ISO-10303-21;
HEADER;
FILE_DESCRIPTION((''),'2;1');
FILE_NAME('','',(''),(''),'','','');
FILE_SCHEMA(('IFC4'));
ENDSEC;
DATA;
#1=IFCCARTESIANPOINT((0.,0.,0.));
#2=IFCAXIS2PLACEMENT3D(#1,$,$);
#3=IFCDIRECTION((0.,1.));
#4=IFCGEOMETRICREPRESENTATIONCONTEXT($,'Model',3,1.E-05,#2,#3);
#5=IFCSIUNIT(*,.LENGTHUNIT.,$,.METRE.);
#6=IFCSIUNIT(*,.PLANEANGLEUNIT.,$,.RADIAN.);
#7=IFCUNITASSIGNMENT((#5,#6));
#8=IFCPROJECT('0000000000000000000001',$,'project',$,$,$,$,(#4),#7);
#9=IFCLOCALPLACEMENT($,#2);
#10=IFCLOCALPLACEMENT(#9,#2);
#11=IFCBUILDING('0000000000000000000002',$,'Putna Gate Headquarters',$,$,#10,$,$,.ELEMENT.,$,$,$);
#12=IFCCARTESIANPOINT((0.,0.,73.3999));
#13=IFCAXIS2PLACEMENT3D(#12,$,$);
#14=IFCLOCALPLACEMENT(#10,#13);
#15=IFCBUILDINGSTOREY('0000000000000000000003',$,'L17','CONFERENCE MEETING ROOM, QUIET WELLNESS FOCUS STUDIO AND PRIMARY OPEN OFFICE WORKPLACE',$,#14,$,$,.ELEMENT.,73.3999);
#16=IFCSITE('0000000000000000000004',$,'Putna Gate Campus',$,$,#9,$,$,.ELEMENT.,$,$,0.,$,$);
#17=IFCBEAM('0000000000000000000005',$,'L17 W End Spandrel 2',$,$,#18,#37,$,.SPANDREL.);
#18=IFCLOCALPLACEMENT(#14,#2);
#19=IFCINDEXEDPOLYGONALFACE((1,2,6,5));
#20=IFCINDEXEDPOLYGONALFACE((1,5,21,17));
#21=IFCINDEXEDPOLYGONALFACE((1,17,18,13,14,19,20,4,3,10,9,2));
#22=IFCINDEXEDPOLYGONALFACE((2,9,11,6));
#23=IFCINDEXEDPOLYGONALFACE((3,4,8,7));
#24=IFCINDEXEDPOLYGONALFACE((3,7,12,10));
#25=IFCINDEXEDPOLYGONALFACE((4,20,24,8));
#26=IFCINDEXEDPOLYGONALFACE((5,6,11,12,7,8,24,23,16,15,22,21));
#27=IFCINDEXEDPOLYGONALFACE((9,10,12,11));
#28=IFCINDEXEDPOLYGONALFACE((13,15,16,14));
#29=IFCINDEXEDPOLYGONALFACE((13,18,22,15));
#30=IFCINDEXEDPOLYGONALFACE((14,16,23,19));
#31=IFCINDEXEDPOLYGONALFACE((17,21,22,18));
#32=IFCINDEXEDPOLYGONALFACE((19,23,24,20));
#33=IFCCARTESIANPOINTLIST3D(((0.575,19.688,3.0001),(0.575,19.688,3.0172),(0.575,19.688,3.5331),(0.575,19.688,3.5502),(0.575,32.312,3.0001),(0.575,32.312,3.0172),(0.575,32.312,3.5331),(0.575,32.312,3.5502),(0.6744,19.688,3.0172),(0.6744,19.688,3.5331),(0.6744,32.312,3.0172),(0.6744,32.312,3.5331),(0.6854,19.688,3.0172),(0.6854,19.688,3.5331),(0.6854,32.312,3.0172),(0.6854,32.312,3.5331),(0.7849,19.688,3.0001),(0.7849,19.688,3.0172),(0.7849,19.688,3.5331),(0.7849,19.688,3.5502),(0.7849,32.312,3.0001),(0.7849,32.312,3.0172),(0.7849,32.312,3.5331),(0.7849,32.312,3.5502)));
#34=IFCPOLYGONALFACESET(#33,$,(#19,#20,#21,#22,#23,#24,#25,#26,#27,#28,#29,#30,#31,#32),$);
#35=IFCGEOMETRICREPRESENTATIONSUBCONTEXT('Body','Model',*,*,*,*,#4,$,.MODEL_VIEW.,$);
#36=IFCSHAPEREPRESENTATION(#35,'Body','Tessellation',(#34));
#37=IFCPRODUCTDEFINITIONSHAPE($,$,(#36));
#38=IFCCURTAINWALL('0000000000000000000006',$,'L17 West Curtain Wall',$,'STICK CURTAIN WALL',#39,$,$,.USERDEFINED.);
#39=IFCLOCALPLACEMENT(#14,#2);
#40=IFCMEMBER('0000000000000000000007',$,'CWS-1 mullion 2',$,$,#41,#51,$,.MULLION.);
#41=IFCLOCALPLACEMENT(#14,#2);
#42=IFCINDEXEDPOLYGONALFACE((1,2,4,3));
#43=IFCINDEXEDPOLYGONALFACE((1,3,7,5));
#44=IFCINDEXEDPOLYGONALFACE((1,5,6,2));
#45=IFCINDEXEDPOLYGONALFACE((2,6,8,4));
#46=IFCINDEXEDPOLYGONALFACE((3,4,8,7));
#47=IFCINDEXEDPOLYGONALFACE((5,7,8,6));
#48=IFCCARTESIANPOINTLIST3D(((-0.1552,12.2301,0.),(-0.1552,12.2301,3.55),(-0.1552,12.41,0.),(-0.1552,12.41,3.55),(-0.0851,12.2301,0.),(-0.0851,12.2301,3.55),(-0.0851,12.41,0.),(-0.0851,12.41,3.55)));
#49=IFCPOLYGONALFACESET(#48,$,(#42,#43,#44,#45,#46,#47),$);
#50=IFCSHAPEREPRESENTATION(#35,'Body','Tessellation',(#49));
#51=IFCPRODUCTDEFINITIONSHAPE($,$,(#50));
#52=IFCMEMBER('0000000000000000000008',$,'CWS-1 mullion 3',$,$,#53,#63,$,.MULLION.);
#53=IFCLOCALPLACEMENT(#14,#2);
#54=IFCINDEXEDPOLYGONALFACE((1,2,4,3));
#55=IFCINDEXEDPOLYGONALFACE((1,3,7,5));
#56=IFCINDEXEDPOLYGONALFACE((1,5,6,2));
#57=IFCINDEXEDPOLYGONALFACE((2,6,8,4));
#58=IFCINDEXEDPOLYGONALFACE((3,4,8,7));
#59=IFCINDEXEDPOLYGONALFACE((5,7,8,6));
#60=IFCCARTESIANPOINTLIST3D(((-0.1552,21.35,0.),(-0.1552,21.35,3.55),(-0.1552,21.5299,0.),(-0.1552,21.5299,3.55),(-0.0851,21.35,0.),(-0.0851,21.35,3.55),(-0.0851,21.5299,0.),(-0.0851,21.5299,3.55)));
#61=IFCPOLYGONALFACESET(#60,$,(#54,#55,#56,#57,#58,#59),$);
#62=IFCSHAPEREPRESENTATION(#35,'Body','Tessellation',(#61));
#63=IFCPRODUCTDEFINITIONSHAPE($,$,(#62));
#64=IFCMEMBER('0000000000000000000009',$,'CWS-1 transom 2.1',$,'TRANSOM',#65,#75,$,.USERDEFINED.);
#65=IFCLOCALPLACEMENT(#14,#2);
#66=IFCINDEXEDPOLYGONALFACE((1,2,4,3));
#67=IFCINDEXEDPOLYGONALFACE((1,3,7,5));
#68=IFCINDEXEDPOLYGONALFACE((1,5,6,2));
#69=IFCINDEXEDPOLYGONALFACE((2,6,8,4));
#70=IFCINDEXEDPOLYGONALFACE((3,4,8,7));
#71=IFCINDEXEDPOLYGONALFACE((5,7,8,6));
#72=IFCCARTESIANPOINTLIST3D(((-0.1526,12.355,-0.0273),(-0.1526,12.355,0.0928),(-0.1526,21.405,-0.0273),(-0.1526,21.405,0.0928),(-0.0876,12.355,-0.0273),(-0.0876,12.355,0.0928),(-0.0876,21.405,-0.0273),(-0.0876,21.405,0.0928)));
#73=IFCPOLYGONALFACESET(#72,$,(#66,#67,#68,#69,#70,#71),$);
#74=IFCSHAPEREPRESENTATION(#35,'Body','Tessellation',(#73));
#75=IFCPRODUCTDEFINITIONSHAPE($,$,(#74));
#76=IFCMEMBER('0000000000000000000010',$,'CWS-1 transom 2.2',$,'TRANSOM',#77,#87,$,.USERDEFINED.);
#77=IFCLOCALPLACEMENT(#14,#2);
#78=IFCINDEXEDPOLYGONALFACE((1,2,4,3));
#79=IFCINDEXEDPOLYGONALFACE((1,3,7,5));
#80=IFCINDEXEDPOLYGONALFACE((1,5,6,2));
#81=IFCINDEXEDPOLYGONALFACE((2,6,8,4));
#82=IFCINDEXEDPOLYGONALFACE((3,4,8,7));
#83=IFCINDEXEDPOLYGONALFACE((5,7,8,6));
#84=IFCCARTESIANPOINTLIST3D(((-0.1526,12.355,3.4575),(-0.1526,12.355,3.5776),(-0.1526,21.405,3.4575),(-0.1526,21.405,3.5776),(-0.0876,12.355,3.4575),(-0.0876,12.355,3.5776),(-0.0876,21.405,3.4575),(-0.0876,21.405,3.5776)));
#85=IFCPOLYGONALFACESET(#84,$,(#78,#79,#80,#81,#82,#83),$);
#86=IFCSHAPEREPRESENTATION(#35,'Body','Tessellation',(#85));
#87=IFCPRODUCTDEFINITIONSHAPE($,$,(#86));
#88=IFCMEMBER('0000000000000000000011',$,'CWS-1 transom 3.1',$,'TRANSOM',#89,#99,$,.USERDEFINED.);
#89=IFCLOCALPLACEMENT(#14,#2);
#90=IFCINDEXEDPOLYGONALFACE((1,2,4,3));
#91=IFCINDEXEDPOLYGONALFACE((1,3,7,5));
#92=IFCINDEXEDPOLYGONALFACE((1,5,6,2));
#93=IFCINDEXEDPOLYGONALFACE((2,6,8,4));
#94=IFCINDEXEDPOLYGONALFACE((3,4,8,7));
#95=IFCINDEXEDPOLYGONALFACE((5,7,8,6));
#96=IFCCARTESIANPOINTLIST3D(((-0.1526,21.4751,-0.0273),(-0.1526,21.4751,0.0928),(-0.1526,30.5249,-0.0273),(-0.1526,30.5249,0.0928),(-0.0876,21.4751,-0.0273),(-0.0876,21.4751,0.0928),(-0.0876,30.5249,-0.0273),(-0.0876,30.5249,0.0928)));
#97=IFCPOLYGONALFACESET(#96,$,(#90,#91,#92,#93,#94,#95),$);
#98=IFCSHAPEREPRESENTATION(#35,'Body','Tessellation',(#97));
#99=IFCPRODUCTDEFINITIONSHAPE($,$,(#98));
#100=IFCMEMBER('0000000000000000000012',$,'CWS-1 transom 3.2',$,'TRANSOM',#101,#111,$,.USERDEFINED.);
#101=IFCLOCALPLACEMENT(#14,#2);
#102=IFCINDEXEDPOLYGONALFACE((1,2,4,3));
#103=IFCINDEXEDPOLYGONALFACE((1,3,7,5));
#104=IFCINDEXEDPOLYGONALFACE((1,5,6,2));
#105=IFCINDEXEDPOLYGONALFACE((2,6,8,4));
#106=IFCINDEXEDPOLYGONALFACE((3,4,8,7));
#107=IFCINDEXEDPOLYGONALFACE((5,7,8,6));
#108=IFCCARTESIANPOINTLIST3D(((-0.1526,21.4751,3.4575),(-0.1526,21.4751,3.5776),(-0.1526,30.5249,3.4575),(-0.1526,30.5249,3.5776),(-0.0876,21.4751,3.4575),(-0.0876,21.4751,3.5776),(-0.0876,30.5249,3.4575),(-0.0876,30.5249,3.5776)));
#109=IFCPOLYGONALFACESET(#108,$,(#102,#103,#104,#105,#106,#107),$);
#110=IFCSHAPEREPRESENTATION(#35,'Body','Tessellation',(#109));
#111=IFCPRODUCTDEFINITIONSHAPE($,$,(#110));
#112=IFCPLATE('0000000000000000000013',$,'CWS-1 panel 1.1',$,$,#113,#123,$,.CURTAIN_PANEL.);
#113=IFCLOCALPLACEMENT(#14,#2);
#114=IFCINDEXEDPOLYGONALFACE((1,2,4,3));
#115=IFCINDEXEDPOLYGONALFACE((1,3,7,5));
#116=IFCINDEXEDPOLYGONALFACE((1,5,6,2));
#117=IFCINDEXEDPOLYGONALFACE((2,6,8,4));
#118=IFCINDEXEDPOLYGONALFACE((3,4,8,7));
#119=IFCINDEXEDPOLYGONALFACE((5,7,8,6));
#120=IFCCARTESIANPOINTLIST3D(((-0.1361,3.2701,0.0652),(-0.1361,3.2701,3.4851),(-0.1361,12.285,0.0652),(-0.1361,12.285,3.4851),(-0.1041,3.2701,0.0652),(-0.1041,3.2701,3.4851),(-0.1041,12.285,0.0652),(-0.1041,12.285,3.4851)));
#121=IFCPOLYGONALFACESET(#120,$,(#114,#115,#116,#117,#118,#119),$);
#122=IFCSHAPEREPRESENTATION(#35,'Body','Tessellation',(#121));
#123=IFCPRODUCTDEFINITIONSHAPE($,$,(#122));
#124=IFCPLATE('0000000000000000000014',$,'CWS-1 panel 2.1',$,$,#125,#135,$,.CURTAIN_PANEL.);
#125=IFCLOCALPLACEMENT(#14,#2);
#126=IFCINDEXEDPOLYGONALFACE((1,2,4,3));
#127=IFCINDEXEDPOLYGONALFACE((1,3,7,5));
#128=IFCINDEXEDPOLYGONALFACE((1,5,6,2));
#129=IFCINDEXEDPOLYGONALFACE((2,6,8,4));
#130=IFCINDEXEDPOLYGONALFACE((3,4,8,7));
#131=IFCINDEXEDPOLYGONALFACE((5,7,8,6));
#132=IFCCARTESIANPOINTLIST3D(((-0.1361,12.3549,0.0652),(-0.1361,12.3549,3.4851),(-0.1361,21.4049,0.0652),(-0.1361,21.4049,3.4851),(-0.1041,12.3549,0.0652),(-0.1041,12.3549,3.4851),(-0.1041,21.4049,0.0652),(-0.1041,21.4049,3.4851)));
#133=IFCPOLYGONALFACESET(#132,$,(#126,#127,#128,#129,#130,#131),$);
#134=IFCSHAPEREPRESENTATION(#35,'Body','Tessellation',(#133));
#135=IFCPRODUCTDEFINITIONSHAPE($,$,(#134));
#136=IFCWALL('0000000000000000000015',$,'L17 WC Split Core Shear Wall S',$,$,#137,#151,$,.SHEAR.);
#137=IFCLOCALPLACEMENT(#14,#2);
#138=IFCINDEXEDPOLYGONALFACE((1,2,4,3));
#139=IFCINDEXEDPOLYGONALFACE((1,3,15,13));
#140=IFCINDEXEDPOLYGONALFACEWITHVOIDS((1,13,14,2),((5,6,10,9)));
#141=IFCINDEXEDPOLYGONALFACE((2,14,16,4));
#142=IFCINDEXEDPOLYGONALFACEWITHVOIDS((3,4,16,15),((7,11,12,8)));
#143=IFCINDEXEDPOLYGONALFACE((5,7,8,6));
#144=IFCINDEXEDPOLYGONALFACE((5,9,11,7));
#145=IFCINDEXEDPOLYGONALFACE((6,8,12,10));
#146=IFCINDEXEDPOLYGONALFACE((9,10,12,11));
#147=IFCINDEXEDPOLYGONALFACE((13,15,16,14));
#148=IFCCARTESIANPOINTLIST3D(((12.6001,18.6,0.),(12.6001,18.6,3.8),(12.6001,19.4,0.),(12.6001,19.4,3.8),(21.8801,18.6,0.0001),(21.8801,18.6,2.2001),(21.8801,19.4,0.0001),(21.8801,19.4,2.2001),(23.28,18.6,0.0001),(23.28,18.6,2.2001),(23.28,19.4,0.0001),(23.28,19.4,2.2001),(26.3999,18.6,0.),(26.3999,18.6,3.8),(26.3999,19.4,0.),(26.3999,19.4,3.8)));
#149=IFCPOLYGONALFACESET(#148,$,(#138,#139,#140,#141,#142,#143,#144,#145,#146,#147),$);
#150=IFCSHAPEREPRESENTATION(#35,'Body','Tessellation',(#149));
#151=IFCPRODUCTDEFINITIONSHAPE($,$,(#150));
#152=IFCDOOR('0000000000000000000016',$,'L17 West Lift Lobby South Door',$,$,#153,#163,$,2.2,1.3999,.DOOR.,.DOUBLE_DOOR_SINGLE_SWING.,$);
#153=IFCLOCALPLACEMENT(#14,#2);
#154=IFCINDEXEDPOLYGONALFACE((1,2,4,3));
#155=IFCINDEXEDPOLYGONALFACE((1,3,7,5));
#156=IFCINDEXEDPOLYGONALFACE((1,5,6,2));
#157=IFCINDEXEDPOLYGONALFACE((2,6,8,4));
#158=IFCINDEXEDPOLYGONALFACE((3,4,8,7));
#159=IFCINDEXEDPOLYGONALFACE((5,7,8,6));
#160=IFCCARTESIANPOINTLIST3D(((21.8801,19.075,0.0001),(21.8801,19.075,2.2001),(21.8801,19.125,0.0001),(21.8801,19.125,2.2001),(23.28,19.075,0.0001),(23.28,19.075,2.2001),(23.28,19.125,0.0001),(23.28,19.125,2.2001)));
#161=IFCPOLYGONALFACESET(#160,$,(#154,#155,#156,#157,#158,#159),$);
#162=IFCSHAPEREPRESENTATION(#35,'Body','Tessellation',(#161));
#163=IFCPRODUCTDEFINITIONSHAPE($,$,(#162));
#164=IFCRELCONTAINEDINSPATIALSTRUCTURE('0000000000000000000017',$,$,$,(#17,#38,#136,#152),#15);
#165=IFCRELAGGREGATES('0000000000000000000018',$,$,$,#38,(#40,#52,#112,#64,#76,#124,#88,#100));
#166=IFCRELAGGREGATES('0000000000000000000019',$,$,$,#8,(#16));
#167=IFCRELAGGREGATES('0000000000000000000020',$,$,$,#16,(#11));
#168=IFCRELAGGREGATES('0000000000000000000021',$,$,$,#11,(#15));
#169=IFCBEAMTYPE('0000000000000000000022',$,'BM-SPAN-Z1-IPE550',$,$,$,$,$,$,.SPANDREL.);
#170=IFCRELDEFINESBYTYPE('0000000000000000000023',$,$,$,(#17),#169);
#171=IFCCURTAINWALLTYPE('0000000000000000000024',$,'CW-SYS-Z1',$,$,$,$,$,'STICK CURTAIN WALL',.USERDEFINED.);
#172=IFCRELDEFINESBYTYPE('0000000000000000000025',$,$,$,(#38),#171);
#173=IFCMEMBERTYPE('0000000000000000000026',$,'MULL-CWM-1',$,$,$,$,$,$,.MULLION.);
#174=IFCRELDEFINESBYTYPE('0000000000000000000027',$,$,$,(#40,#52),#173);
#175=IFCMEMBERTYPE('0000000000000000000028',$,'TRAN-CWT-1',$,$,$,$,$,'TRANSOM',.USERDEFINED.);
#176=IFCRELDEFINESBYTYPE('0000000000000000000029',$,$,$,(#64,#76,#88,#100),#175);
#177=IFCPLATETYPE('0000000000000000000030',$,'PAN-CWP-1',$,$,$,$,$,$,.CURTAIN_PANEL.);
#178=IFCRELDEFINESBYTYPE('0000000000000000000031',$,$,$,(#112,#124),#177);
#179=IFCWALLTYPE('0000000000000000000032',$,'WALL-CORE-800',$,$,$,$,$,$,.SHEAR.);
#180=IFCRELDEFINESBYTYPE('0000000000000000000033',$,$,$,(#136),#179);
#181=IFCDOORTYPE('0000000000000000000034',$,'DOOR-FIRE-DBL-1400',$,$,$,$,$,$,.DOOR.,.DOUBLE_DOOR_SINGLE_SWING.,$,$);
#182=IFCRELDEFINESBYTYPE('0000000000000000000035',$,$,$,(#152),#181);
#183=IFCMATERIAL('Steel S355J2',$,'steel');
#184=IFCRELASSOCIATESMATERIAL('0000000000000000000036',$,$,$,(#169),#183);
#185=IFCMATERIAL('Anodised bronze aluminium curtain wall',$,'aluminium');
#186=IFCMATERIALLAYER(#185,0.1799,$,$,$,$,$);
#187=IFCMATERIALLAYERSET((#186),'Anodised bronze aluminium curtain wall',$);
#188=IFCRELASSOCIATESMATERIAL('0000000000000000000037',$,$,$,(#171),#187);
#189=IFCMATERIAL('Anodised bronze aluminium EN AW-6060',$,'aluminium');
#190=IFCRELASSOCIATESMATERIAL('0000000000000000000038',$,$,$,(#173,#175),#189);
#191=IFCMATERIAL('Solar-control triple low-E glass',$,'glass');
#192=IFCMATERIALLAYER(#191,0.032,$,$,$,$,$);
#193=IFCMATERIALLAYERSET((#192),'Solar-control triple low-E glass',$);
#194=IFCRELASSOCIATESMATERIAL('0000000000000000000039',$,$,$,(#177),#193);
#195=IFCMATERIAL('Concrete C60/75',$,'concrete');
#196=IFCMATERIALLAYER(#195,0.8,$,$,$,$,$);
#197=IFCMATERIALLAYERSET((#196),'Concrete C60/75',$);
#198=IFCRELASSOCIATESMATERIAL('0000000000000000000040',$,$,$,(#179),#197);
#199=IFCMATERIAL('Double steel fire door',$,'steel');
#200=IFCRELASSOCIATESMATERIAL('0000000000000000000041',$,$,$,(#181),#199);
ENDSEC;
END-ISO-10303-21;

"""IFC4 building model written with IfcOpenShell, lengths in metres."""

from ifc_helpers import new_model, si_unit, direction, frame, frame_2d, origin, origin_2d, place, context, subcontext, project, spatial, rectangle, i_section, extrude, material, layer, layer_set, material_profile, profile_set, type_object, element, fill, aggregate, save


model = new_model("IFC4")

# Units and contexts
model_context = context("Model", 3, precision=1e-05, world=origin(), true_north=direction((0.0, 1.0)))
body_context = subcontext(model_context, "Body", "Model", "MODEL_VIEW")
ifc_project = project(units=[si_unit("LENGTHUNIT", "METRE"), si_unit("PLANEANGLEUNIT", "RADIAN")], contexts=[model_context])

# Site, building, storey
site_placement = place(None, origin())
site = spatial("IfcSite", under=ifc_project, at=site_placement, Name="Putna Gate Campus", CompositionType="ELEMENT", RefElevation=0.0)
building_placement = place(site_placement, origin())
building = spatial("IfcBuilding", under=site, at=building_placement, Name="Putna Gate Headquarters", CompositionType="ELEMENT")
storey_placement = place(building_placement, frame((0.0, 0.0, 73.3999)))
storey = spatial("IfcBuildingStorey", under=building, at=storey_placement, Name="L17", Description="CONFERENCE MEETING ROOM, QUIET WELLNESS FOCUS STUDIO AND PRIMARY OPEN OFFICE WORKPLACE", CompositionType="ELEMENT", Elevation=73.3999)

# Shared definitions
ifc_material_1 = material(Name="Concrete C60/75", Category="concrete")

# Beam
ifc_material_2 = material(Name="Steel S355J2", Category="steel")
ifc_material_profile_1 = material_profile(ifc_material_2, i_section(OverallWidth=0.21, OverallDepth=0.55, WebThickness=0.011, FlangeThickness=0.0171, at=origin_2d()), Name="Steel S355J2")
ifc_profile_set_1 = profile_set([ifc_material_profile_1], Name="Steel S355J2")
beam_type_1 = type_object("IfcBeamType", Name="BM-SPAN-Z1-IPE550", PredefinedType="SPANDREL", material=ifc_profile_set_1)
beam_1_placement = place(storey_placement, frame((0.6799, 19.688, 3.2751), z_axis=(0.0, 1.0, 0.0), x_axis=(-1.0, 0.0, 0.0)))
element("IfcBeam", 1, at=beam_1_placement, inside=storey, type_object=beam_type_1, Name="L17 W End Spandrel 2", PredefinedType="SPANDREL", context=body_context, shape_type="SweptSolid", body=[
    extrude(i_section(OverallWidth=0.21, OverallDepth=0.55, WebThickness=0.011, FlangeThickness=0.0171, at=origin_2d()), origin(), (0.0, 0.0, 1.0), 12.624),
])

# Curtain wall, members, plates
ifc_material_3 = material(Name="Anodised bronze aluminium curtain wall", Category="aluminium")
ifc_layer_1 = layer(ifc_material_3, 0.1799)
ifc_layer_set_1 = layer_set([ifc_layer_1], Name="Anodised bronze aluminium curtain wall")
curtain_wall_type = type_object("IfcCurtainWallType", Name="CW-SYS-Z1", ElementType="STICK CURTAIN WALL", PredefinedType="USERDEFINED", material=ifc_layer_set_1)
curtain_wall_placement = place(storey_placement, origin())
curtain_wall = element("IfcCurtainWall", 2, at=curtain_wall_placement, inside=storey, type_object=curtain_wall_type, Name="L17 West Curtain Wall", ObjectType="STICK CURTAIN WALL", PredefinedType="USERDEFINED")
ifc_material_4 = material(Name="Anodised bronze aluminium EN AW-6060", Category="aluminium")
ifc_material_profile_2 = material_profile(ifc_material_4, rectangle(XDim=0.0701, YDim=0.1799, at=origin_2d()), Name="Anodised bronze aluminium EN AW-6060")
ifc_profile_set_2 = profile_set([ifc_material_profile_2], Name="Anodised bronze aluminium EN AW-6060")
member_type_1 = type_object("IfcMemberType", Name="MULL-CWM-1", PredefinedType="MULLION", material=ifc_profile_set_2)
member_1_placement = place(storey_placement, frame((-0.1201, 12.3201, 0.0), z_axis=(0.0, 0.0, 1.0), x_axis=(-1.0, 0.0, 0.0)))
member_1 = element("IfcMember", 3, at=member_1_placement, type_object=member_type_1, Name="CWS-1 mullion 2", PredefinedType="MULLION", context=body_context, shape_type="SweptSolid", body=[
    extrude(rectangle(XDim=0.0701, YDim=0.1799, at=origin_2d()), origin(), (0.0, 0.0, 1.0), 3.55),
])
member_2_placement = place(storey_placement, frame((-0.1201, 21.4399, 0.0), z_axis=(0.0, 0.0, 1.0), x_axis=(-1.0, 0.0, 0.0)))
member_2 = element("IfcMember", 4, at=member_2_placement, type_object=member_type_1, Name="CWS-1 mullion 3", PredefinedType="MULLION", context=body_context, shape_type="SweptSolid", body=[
    extrude(rectangle(XDim=0.0701, YDim=0.1799, at=origin_2d()), origin(), (0.0, 0.0, 1.0), 3.55),
])
ifc_material_profile_3 = material_profile(ifc_material_4, rectangle(XDim=0.0649, YDim=0.1201, at=origin_2d()), Name="Anodised bronze aluminium EN AW-6060")
ifc_profile_set_3 = profile_set([ifc_material_profile_3], Name="Anodised bronze aluminium EN AW-6060")
member_type_2 = type_object("IfcMemberType", Name="TRAN-CWT-1", ElementType="TRANSOM", PredefinedType="USERDEFINED", material=ifc_profile_set_3)
member_3_placement = place(storey_placement, frame((-0.1201, 12.355, 0.0327), z_axis=(0.0, 1.0, 0.0), x_axis=(-1.0, 0.0, 0.0)))
member_3 = element("IfcMember", 5, at=member_3_placement, type_object=member_type_2, Name="CWS-1 transom 2.1", ObjectType="TRANSOM", PredefinedType="USERDEFINED", context=body_context, shape_type="SweptSolid", body=[
    extrude(rectangle(XDim=0.0649, YDim=0.1201, at=origin_2d()), origin(), (0.0, 0.0, 1.0), 9.05),
])
member_4_placement = place(storey_placement, frame((-0.1201, 12.355, 3.5176), z_axis=(0.0, 1.0, 0.0), x_axis=(-1.0, 0.0, 0.0)))
member_4 = element("IfcMember", 6, at=member_4_placement, type_object=member_type_2, Name="CWS-1 transom 2.2", ObjectType="TRANSOM", PredefinedType="USERDEFINED", context=body_context, shape_type="SweptSolid", body=[
    extrude(rectangle(XDim=0.0649, YDim=0.1201, at=origin_2d()), origin(), (0.0, 0.0, 1.0), 9.05),
])
member_5_placement = place(storey_placement, frame((-0.1201, 21.4751, 0.0327), z_axis=(0.0, 1.0, 0.0), x_axis=(-1.0, 0.0, 0.0)))
member_5 = element("IfcMember", 7, at=member_5_placement, type_object=member_type_2, Name="CWS-1 transom 3.1", ObjectType="TRANSOM", PredefinedType="USERDEFINED", context=body_context, shape_type="SweptSolid", body=[
    extrude(rectangle(XDim=0.0649, YDim=0.1201, at=origin_2d()), origin(), (0.0, 0.0, 1.0), 9.0498),
])
member_6_placement = place(storey_placement, frame((-0.1201, 21.4751, 3.5176), z_axis=(0.0, 1.0, 0.0), x_axis=(-1.0, 0.0, 0.0)))
member_6 = element("IfcMember", 8, at=member_6_placement, type_object=member_type_2, Name="CWS-1 transom 3.2", ObjectType="TRANSOM", PredefinedType="USERDEFINED", context=body_context, shape_type="SweptSolid", body=[
    extrude(rectangle(XDim=0.0649, YDim=0.1201, at=origin_2d()), origin(), (0.0, 0.0, 1.0), 9.0498),
])
ifc_material_5 = material(Name="Solar-control triple low-E glass", Category="glass")
ifc_layer_2 = layer(ifc_material_5, 0.032)
ifc_layer_set_2 = layer_set([ifc_layer_2], Name="Solar-control triple low-E glass")
plate_type = type_object("IfcPlateType", Name="PAN-CWP-1", PredefinedType="CURTAIN_PANEL", material=ifc_layer_set_2)
plate_1_placement = place(storey_placement, frame((-0.1201, 7.7776, 0.0652), z_axis=(0.0, 0.0, 1.0), x_axis=(0.0, 1.0, 0.0)))
plate_1 = element("IfcPlate", 9, at=plate_1_placement, type_object=plate_type, Name="CWS-1 panel 1.1", PredefinedType="CURTAIN_PANEL", context=body_context, shape_type="SweptSolid", body=[
    extrude(rectangle(XDim=9.0149, YDim=0.032, at=origin_2d()), origin(), (0.0, 0.0, 1.0), 3.4199),
])
plate_2_placement = place(storey_placement, frame((-0.1201, 16.8799, 0.0652), z_axis=(0.0, 0.0, 1.0), x_axis=(0.0, 1.0, 0.0)))
plate_2 = element("IfcPlate", 10, at=plate_2_placement, type_object=plate_type, Name="CWS-1 panel 2.1", PredefinedType="CURTAIN_PANEL", context=body_context, shape_type="SweptSolid", body=[
    extrude(rectangle(XDim=9.05, YDim=0.032, at=origin_2d()), origin(), (0.0, 0.0, 1.0), 3.4199),
])
aggregate(curtain_wall, [member_1, member_2, plate_1, member_3, member_4, plate_2, member_5, member_6])

# Wall, opening, door
ifc_layer_3 = layer(ifc_material_1, 0.8)
ifc_layer_set_3 = layer_set([ifc_layer_3], Name="Concrete C60/75")
wall_type_1 = type_object("IfcWallType", Name="WALL-CORE-800", PredefinedType="SHEAR", material=ifc_layer_set_3)
wall_1_placement = place(storey_placement, frame((12.6001, 19.0, 0.0), z_axis=(0.0, 0.0, 1.0), x_axis=(1.0, 0.0, 0.0)))
wall_1 = element("IfcWall", 11, at=wall_1_placement, inside=storey, type_object=wall_type_1, Name="L17 WC Split Core Shear Wall S", PredefinedType="SHEAR", context=body_context, shape_type="SweptSolid", body=[
    extrude(rectangle(XDim=13.7998, YDim=0.8, at=frame_2d((6.8999, 0.0))), origin(), (0.0, 0.0, 1.0), 3.8),
])
opening_1_placement = place(wall_1_placement, frame((9.28, 0.0, 0.0)))
opening_1 = element("IfcOpeningElement", 12, at=opening_1_placement, cuts=wall_1, PredefinedType="OPENING", context=body_context, shape_type="SweptSolid", body=[
    extrude(rectangle(XDim=1.3999, YDim=2.2, at=frame_2d((0.7, 1.1001))), frame((0.0, 0.4099, 0.0), z_axis=(0.0, -1.0, 0.0), x_axis=(1.0, 0.0, 0.0)), (0.0, 0.0, 1.0), 0.8201),
])
ifc_material_6 = material(Name="Double steel fire door", Category="steel")
door_type_1 = type_object("IfcDoorType", Name="DOOR-FIRE-DBL-1400", OperationType="DOUBLE_DOOR_SINGLE_SWING", PredefinedType="DOOR", material=ifc_material_6)
door_1_placement = place(opening_1_placement, origin())
door_1 = element("IfcDoor", 13, at=door_1_placement, inside=storey, type_object=door_type_1, Name="L17 West Lift Lobby South Door", OperationType="DOUBLE_DOOR_SINGLE_SWING", OverallHeight=2.2, OverallWidth=1.3999, PredefinedType="DOOR", context=body_context, shape_type="SweptSolid", body=[
    extrude(rectangle(XDim=1.3999, YDim=2.2, at=frame_2d((0.7, 1.1001))), frame((0.0, 0.125, 0.0), z_axis=(0.0, -1.0, 0.0), x_axis=(1.0, 0.0, 0.0)), (0.0, 0.0, 1.0), 0.05),
])
fill(opening_1, door_1)

save(model, "model.ifc")
